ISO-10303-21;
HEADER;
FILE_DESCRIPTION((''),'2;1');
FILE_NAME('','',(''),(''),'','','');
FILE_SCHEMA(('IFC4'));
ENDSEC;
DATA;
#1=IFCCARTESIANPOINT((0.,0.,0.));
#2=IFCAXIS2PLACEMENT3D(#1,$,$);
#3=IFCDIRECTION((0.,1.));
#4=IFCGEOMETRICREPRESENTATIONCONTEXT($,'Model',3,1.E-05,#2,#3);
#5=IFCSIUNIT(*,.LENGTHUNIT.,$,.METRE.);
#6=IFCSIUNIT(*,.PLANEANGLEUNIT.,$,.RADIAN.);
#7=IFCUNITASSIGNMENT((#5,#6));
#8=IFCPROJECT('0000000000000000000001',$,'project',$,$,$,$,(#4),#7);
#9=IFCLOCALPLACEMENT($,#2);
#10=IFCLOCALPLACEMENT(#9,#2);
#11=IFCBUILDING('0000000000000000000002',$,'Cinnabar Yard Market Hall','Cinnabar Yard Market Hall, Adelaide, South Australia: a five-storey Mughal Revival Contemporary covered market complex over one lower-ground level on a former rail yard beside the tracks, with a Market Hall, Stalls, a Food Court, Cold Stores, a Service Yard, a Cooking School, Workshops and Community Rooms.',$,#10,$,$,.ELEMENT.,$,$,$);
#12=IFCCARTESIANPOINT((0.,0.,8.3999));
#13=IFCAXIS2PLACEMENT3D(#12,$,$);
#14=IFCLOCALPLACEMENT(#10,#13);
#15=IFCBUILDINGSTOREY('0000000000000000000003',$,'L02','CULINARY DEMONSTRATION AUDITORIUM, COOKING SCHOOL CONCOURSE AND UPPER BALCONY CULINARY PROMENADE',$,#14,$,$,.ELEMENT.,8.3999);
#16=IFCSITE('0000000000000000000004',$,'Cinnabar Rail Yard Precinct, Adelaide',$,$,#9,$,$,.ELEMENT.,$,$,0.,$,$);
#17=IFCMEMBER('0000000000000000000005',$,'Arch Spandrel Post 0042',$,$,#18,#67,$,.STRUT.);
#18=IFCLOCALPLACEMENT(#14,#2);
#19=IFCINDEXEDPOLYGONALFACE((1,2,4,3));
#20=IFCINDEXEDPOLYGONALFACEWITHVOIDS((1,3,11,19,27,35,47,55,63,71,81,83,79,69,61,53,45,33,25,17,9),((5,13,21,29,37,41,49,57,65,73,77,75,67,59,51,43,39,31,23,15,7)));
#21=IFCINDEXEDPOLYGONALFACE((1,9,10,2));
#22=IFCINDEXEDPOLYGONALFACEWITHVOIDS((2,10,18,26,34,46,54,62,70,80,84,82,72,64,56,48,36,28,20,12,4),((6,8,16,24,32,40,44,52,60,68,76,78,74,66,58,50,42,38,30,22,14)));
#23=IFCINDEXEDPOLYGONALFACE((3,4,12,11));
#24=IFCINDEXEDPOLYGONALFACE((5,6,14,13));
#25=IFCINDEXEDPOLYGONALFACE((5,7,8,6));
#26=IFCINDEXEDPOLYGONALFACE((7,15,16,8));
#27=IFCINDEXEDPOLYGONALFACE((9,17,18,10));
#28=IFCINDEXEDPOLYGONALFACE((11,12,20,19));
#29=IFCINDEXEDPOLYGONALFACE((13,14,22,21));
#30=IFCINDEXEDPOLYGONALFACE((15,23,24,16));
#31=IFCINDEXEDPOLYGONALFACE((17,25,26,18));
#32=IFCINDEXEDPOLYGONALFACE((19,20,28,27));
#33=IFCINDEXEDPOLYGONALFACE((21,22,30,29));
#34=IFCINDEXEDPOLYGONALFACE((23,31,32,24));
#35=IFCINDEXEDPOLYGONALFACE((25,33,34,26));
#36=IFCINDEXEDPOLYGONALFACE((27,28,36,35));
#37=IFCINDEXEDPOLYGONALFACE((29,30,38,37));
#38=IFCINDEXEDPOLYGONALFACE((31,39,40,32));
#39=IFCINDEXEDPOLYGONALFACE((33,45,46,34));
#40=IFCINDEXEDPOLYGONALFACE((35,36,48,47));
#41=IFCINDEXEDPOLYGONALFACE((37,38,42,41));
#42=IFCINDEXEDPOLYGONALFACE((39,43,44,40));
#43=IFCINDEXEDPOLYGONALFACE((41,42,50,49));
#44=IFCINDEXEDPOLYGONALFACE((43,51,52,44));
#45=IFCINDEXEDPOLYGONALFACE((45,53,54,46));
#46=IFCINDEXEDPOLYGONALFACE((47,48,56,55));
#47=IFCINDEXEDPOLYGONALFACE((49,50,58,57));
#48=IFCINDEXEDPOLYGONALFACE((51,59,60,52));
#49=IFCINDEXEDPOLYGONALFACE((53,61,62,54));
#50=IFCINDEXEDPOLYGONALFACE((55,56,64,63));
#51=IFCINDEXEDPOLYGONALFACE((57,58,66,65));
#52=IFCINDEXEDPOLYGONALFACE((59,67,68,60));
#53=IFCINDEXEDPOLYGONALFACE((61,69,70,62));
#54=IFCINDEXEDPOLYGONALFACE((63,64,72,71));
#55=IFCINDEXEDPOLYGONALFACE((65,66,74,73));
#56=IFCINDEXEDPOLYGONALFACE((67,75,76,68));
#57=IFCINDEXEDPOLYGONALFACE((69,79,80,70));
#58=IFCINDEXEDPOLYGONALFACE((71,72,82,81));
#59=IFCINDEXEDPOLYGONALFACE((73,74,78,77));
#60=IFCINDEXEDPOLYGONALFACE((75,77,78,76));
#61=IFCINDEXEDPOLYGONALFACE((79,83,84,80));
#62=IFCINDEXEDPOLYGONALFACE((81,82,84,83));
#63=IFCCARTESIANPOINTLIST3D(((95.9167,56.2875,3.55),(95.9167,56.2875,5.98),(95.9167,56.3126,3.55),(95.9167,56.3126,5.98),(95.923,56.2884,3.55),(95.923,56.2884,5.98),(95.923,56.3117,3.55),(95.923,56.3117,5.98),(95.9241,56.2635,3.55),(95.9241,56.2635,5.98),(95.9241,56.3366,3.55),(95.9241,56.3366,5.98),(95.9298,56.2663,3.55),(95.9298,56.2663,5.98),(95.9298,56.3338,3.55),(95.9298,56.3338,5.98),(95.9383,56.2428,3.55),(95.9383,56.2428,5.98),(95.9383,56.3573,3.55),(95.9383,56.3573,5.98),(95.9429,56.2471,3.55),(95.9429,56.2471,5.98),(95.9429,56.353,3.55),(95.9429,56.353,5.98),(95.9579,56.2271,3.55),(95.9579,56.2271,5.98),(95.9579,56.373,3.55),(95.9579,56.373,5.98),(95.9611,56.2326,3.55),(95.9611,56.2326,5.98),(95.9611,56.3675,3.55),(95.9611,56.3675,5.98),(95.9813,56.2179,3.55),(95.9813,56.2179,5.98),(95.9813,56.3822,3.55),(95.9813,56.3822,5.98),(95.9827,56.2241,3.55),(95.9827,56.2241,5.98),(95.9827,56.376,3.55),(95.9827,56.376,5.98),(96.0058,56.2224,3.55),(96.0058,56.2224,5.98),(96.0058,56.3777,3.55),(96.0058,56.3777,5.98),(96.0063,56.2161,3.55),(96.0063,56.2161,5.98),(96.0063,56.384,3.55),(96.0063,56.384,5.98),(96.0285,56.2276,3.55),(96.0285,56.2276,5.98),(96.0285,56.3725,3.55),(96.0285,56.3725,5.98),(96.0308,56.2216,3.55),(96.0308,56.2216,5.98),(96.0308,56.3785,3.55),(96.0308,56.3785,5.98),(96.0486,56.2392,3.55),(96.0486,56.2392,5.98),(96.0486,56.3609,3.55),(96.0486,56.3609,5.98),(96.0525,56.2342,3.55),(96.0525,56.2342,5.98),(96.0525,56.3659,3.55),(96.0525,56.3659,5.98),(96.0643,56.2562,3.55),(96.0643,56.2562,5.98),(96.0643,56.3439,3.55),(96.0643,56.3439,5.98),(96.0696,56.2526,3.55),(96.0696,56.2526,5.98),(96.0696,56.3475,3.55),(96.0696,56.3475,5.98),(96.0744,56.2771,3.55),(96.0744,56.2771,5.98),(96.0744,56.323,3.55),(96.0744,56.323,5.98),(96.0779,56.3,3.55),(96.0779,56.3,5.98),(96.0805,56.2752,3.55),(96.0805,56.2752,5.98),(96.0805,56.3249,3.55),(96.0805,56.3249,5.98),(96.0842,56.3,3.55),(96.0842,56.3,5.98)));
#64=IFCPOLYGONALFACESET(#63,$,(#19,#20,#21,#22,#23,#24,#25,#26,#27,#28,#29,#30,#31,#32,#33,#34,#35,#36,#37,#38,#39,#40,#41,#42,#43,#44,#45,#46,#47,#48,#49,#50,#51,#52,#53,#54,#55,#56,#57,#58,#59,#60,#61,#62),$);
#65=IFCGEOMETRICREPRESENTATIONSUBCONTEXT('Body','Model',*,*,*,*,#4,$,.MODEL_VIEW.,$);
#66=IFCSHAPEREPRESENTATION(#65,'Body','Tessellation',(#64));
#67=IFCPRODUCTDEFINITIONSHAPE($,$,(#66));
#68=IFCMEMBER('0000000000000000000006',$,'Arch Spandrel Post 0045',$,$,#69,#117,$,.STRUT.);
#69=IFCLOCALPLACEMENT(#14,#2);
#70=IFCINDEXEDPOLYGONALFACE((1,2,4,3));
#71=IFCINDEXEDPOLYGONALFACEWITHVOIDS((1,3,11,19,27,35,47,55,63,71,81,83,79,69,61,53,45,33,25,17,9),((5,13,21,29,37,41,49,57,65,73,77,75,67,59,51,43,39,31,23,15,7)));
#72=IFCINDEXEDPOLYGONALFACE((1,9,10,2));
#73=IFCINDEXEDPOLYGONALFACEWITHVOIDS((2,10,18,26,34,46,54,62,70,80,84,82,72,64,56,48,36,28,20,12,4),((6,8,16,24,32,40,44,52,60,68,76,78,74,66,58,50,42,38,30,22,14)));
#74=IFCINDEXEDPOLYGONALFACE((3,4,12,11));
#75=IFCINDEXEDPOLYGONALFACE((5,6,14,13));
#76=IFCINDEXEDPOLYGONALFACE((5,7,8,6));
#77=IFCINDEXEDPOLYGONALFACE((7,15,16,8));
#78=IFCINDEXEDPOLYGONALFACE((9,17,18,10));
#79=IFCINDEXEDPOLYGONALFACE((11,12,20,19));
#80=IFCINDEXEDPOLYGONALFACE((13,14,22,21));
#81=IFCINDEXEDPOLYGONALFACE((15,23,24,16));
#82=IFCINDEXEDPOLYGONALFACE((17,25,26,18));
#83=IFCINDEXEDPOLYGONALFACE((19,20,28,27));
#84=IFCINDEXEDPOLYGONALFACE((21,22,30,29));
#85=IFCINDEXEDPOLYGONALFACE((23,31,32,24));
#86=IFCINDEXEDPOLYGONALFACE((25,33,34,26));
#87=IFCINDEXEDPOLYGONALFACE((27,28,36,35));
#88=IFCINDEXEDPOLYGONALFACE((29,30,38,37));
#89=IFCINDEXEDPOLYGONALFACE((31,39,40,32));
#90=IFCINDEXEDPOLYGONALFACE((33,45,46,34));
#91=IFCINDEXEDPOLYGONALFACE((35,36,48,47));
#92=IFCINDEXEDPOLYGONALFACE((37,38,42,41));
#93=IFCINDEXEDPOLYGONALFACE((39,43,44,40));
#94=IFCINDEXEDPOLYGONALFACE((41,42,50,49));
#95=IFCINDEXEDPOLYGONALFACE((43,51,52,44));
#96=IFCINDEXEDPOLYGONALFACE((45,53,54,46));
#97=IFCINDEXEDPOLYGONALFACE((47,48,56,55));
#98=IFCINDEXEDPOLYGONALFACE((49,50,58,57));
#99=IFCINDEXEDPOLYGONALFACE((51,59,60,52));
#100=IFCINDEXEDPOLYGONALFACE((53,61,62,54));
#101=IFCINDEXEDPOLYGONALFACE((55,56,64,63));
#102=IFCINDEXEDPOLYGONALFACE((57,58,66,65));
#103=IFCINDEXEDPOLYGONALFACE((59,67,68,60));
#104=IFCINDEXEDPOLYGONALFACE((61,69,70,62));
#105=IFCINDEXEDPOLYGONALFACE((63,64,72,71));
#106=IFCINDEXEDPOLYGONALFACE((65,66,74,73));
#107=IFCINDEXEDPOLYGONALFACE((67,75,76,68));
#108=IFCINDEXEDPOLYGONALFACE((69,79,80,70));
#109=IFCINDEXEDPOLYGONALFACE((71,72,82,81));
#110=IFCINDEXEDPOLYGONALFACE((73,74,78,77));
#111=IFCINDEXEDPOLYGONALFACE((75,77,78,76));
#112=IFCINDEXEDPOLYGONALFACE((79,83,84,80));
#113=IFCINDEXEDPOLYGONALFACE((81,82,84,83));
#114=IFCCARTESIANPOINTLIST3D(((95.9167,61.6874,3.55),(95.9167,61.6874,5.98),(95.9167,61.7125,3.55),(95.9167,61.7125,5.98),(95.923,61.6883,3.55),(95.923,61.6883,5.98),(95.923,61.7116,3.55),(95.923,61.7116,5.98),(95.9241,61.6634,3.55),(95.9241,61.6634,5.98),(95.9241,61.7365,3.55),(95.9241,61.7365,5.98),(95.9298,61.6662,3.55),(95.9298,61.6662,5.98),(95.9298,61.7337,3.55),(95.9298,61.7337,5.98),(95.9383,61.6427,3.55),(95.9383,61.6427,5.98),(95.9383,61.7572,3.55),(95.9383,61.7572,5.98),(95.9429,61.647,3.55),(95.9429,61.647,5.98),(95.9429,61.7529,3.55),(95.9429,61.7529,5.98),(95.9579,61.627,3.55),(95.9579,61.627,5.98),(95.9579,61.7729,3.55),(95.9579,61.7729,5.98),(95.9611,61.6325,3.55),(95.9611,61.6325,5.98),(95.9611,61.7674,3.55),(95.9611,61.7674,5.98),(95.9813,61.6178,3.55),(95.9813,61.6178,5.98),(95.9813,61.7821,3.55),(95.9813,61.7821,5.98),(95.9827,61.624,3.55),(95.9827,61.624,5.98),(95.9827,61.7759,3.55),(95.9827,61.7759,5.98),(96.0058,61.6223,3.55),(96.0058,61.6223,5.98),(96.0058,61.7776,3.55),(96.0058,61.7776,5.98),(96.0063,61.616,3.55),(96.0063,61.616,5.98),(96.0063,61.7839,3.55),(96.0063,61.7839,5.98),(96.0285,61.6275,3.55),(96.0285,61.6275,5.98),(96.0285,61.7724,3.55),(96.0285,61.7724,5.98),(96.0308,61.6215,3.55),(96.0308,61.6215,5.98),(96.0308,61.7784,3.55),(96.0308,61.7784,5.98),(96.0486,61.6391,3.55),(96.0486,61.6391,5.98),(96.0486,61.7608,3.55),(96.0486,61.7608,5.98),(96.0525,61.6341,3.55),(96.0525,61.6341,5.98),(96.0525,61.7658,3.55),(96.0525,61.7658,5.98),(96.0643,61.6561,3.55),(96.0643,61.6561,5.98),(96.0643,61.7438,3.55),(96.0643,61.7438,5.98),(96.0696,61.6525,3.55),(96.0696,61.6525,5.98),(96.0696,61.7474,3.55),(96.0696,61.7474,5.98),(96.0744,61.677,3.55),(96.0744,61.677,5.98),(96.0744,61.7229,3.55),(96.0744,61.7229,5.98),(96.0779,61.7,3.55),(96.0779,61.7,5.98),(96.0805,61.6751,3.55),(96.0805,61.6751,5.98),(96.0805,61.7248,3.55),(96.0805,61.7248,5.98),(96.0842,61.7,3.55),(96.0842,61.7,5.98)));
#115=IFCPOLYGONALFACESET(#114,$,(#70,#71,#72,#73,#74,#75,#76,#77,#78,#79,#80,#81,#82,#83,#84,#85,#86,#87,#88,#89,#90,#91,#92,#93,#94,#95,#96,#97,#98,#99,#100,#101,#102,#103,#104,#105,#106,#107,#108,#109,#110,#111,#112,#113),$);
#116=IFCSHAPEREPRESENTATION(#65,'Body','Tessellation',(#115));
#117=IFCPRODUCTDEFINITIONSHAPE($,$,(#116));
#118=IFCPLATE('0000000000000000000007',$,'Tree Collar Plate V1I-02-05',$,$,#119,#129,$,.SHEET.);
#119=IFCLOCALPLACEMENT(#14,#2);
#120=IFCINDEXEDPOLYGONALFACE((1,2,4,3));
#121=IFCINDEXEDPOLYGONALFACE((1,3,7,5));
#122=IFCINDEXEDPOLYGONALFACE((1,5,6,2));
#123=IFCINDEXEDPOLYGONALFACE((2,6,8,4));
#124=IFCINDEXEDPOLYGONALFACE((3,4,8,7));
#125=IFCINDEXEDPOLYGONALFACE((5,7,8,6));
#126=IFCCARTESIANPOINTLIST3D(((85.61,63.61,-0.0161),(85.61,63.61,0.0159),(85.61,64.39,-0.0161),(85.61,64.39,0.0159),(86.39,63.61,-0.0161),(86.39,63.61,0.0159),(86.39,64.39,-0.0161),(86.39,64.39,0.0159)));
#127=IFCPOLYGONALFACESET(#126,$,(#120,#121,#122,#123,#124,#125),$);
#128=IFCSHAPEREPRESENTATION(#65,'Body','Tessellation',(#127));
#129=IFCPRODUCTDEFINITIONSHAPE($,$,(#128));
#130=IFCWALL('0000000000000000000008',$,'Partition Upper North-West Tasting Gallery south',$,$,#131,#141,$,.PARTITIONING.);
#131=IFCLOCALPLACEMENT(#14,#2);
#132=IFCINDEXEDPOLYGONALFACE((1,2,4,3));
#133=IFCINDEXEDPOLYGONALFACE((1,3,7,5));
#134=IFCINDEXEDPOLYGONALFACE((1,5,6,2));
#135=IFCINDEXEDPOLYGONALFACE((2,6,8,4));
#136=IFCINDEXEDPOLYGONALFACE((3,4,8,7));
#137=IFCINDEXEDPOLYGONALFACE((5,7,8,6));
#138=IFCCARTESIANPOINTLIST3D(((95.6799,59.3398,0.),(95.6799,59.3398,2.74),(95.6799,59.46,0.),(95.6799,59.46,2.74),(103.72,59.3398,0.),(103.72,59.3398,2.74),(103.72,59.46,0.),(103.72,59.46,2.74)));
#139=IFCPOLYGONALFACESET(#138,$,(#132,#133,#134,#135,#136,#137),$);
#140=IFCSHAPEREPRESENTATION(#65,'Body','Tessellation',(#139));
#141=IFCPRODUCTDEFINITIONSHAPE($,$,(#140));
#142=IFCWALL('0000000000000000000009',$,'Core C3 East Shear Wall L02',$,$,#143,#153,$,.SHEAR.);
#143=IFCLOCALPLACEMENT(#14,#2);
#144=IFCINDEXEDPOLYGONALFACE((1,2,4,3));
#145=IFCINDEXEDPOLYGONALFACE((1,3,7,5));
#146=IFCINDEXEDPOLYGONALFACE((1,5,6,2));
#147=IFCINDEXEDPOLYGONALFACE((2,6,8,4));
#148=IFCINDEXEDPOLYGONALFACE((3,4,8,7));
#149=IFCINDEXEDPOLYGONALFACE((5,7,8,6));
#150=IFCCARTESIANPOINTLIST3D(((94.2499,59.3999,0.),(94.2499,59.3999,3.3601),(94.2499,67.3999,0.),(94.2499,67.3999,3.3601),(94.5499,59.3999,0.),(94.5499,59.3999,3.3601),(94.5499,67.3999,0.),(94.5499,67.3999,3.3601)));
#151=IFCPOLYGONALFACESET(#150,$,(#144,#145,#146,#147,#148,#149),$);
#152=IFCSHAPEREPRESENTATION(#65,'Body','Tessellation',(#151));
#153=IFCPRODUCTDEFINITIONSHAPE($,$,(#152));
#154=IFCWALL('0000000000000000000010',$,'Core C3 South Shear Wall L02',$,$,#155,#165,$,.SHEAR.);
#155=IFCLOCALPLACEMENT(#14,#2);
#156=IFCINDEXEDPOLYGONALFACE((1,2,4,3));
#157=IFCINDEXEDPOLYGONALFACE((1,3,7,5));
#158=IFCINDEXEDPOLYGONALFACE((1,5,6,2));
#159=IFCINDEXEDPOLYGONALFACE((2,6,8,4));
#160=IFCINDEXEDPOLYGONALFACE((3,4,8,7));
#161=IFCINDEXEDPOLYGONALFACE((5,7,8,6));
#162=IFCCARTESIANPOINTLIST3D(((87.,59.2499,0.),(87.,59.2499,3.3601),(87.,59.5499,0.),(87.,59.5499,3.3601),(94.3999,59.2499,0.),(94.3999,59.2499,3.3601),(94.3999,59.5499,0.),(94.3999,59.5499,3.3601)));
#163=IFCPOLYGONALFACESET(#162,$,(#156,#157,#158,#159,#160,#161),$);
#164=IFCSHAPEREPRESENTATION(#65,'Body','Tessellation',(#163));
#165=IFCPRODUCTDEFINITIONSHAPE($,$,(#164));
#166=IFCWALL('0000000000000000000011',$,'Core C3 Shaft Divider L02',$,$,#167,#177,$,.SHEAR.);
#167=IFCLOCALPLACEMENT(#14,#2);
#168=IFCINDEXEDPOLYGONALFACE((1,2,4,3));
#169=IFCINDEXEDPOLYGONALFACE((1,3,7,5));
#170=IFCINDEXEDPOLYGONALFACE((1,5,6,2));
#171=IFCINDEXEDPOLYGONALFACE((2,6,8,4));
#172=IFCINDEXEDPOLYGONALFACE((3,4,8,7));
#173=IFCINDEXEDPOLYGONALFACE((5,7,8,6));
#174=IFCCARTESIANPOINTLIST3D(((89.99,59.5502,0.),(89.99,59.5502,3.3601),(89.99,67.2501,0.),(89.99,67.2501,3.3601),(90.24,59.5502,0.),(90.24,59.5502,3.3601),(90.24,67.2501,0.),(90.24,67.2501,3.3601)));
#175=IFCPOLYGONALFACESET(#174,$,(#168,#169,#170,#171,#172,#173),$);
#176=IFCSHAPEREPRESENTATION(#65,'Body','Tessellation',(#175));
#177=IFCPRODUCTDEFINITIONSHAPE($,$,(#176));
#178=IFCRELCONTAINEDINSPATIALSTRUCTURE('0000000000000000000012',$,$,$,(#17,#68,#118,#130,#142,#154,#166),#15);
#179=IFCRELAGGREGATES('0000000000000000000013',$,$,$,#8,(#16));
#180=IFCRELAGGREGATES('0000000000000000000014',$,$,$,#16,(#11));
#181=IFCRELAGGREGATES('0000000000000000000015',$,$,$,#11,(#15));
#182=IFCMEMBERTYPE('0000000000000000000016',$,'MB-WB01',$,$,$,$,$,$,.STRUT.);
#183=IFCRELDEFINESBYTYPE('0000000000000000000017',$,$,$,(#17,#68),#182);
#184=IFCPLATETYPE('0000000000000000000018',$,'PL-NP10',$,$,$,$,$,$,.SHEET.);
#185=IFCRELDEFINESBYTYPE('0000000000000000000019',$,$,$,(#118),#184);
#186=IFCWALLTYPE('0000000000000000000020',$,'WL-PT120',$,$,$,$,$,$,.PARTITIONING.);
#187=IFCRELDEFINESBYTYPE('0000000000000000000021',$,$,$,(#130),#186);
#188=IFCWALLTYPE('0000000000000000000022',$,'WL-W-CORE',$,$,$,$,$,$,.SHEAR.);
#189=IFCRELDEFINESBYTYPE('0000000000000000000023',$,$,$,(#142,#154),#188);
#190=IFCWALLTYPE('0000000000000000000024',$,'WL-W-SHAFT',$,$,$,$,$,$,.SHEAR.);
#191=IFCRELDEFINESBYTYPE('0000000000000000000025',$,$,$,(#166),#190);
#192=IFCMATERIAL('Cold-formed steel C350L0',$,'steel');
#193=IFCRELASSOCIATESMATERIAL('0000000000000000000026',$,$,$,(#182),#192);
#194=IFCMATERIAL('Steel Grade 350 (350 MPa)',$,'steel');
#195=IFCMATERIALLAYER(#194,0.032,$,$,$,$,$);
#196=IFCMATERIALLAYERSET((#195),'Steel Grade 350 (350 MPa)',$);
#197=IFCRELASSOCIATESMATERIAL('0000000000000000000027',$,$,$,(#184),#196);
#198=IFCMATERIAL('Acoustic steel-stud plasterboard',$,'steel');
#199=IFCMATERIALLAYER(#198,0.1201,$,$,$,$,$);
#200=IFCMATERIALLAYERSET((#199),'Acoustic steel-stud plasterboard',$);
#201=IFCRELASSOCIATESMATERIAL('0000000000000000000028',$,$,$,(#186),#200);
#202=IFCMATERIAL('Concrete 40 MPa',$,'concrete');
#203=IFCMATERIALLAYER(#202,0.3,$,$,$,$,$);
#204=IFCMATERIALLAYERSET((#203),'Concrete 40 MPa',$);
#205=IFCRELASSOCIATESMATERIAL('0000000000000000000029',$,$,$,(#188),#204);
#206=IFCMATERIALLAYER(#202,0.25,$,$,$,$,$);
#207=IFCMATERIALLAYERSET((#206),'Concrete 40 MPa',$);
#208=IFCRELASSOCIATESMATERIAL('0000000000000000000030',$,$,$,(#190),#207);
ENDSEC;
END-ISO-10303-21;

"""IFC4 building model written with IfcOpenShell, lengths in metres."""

from ifc_helpers import new_model, si_unit, direction, frame, frame_2d, origin, origin_2d_with_axis, place, context, subcontext, project, spatial, rectangle, hollow_circle, extrude, material, layer, layer_set, material_profile, profile_set, type_object, element, save


model = new_model("IFC4")

# Units and contexts
model_context = context("Model", 3, precision=1e-05, world=origin(), true_north=direction((0.0, 1.0)))
body_context = subcontext(model_context, "Body", "Model", "MODEL_VIEW")
ifc_project = project(units=[si_unit("LENGTHUNIT", "METRE"), si_unit("PLANEANGLEUNIT", "RADIAN")], contexts=[model_context])

# Site, building, storey
site_placement = place(None, origin())
site = spatial("IfcSite", under=ifc_project, at=site_placement, Name="Cinnabar Rail Yard Precinct, Adelaide", CompositionType="ELEMENT", RefElevation=0.0)
building_placement = place(site_placement, origin())
building = spatial("IfcBuilding", under=site, at=building_placement, Name="Cinnabar Yard Market Hall", Description="Cinnabar Yard Market Hall, Adelaide, South Australia: a five-storey Mughal Revival Contemporary covered market complex over one lower-ground level on a former rail yard beside the tracks, with a Market Hall, Stalls, a Food Court, Cold Stores, a Service Yard, a Cooking School, Workshops and Community Rooms.", CompositionType="ELEMENT")
storey_placement = place(building_placement, frame((0.0, 0.0, 8.3999)))
storey = spatial("IfcBuildingStorey", under=building, at=storey_placement, Name="L02", Description="CULINARY DEMONSTRATION AUDITORIUM, COOKING SCHOOL CONCOURSE AND UPPER BALCONY CULINARY PROMENADE", CompositionType="ELEMENT", Elevation=8.3999)

# Members
ifc_material_1 = material(Name="Cold-formed steel C350L0", Category="steel")
ifc_material_profile_1 = material_profile(ifc_material_1, hollow_circle(Radius=0.0842, WallThickness=0.0063, at=origin_2d_with_axis()), Name="168.3x6.4CHS")
ifc_profile_set_1 = profile_set([ifc_material_profile_1], Name="Cold-formed steel C350L0")
member_type_1 = type_object("IfcMemberType", Name="MB-WB01", PredefinedType="STRUT", material=ifc_profile_set_1)
for number, where, z_axis, x_axis, name in (
    (1, (96.0, 56.3, 3.55), (0.0, 0.0, 1.0), (1.0, 0.0, 0.0), "Arch Spandrel Post 0042"),
    (2, (96.0, 61.7, 3.55), (0.0, 0.0, 1.0), (1.0, 0.0, 0.0), "Arch Spandrel Post 0045"),
):
    element("IfcMember", number, at=place(storey_placement, frame(where, z_axis=z_axis, x_axis=x_axis)), inside=storey, type_object=member_type_1, Name=name, PredefinedType="STRUT", context=body_context, shape_type="SweptSolid", body=[
        extrude(hollow_circle(Radius=0.0842, WallThickness=0.0063, at=origin_2d_with_axis()), origin(), (0.0, 0.0, 1.0), 2.4299),
    ])

# Plate
ifc_material_2 = material(Name="Steel Grade 350 (350 MPa)", Category="steel")
ifc_layer_1 = layer(ifc_material_2, 0.032)
ifc_layer_set_1 = layer_set([ifc_layer_1], Name="Steel Grade 350 (350 MPa)")
plate_type = type_object("IfcPlateType", Name="PL-NP10", PredefinedType="SHEET", material=ifc_layer_set_1)
plate_placement = place(storey_placement, frame((86.0, 64.0, -0.0161), z_axis=(0.0, 0.0, 1.0), x_axis=(1.0, 0.0, 0.0)))
element("IfcPlate", 3, at=plate_placement, inside=storey, type_object=plate_type, Name="Tree Collar Plate V1I-02-05", PredefinedType="SHEET", context=body_context, shape_type="SweptSolid", body=[
    extrude(rectangle(XDim=0.78, YDim=0.78, at=origin_2d_with_axis()), origin(), (0.0, 0.0, 1.0), 0.032),
])

# Walls
ifc_material_3 = material(Name="Acoustic steel-stud plasterboard", Category="steel")
ifc_layer_2 = layer(ifc_material_3, 0.1201)
ifc_layer_set_2 = layer_set([ifc_layer_2], Name="Acoustic steel-stud plasterboard")
wall_type_1 = type_object("IfcWallType", Name="WL-PT120", PredefinedType="PARTITIONING", material=ifc_layer_set_2)
wall_1_placement = place(storey_placement, frame((95.6799, 59.3999, 0.0), z_axis=(0.0, 0.0, 1.0), x_axis=(1.0, 0.0, 0.0)))
element("IfcWall", 4, at=wall_1_placement, inside=storey, type_object=wall_type_1, Name="Partition Upper North-West Tasting Gallery south", PredefinedType="PARTITIONING", context=body_context, shape_type="SweptSolid", body=[
    extrude(rectangle(XDim=8.04, YDim=0.1201, at=frame_2d((4.02, 0.0), x_axis=(1.0, 0.0))), origin(), (0.0, 0.0, 1.0), 2.74),
])
ifc_material_4 = material(Name="Concrete 40 MPa", Category="concrete")
ifc_layer_3 = layer(ifc_material_4, 0.3)
ifc_layer_set_3 = layer_set([ifc_layer_3], Name="Concrete 40 MPa")
wall_type_2 = type_object("IfcWallType", Name="WL-W-CORE", PredefinedType="SHEAR", material=ifc_layer_set_3)
wall_2_placement = place(storey_placement, frame((94.3999, 59.3999, 0.0), z_axis=(0.0, 0.0, 1.0), x_axis=(0.0, 1.0, 0.0)))
element("IfcWall", 5, at=wall_2_placement, inside=storey, type_object=wall_type_2, Name="Core C3 East Shear Wall L02", PredefinedType="SHEAR", context=body_context, shape_type="SweptSolid", body=[
    extrude(rectangle(XDim=8.0, YDim=0.3, at=frame_2d((4.0, 0.0), x_axis=(1.0, 0.0))), origin(), (0.0, 0.0, 1.0), 3.3601),
])
wall_3_placement = place(storey_placement, frame((87.0, 59.3999, 0.0), z_axis=(0.0, 0.0, 1.0), x_axis=(1.0, 0.0, 0.0)))
element("IfcWall", 6, at=wall_3_placement, inside=storey, type_object=wall_type_2, Name="Core C3 South Shear Wall L02", PredefinedType="SHEAR", context=body_context, shape_type="SweptSolid", body=[
    extrude(rectangle(XDim=7.3999, YDim=0.3, at=frame_2d((3.7, 0.0), x_axis=(1.0, 0.0))), origin(), (0.0, 0.0, 1.0), 3.3601),
])
ifc_layer_4 = layer(ifc_material_4, 0.25)
ifc_layer_set_4 = layer_set([ifc_layer_4], Name="Concrete 40 MPa")
wall_type_3 = type_object("IfcWallType", Name="WL-W-SHAFT", PredefinedType="SHEAR", material=ifc_layer_set_4)
wall_4_placement = place(storey_placement, frame((90.115, 59.55, 0.0), z_axis=(0.0, 0.0, 1.0), x_axis=(0.0, 1.0, 0.0)))
element("IfcWall", 7, at=wall_4_placement, inside=storey, type_object=wall_type_3, Name="Core C3 Shaft Divider L02", PredefinedType="SHEAR", context=body_context, shape_type="SweptSolid", body=[
    extrude(rectangle(XDim=7.7, YDim=0.25, at=frame_2d((3.8501, 0.0), x_axis=(1.0, 0.0))), origin(), (0.0, 0.0, 1.0), 3.3601),
])

save(model, "model.ifc")
